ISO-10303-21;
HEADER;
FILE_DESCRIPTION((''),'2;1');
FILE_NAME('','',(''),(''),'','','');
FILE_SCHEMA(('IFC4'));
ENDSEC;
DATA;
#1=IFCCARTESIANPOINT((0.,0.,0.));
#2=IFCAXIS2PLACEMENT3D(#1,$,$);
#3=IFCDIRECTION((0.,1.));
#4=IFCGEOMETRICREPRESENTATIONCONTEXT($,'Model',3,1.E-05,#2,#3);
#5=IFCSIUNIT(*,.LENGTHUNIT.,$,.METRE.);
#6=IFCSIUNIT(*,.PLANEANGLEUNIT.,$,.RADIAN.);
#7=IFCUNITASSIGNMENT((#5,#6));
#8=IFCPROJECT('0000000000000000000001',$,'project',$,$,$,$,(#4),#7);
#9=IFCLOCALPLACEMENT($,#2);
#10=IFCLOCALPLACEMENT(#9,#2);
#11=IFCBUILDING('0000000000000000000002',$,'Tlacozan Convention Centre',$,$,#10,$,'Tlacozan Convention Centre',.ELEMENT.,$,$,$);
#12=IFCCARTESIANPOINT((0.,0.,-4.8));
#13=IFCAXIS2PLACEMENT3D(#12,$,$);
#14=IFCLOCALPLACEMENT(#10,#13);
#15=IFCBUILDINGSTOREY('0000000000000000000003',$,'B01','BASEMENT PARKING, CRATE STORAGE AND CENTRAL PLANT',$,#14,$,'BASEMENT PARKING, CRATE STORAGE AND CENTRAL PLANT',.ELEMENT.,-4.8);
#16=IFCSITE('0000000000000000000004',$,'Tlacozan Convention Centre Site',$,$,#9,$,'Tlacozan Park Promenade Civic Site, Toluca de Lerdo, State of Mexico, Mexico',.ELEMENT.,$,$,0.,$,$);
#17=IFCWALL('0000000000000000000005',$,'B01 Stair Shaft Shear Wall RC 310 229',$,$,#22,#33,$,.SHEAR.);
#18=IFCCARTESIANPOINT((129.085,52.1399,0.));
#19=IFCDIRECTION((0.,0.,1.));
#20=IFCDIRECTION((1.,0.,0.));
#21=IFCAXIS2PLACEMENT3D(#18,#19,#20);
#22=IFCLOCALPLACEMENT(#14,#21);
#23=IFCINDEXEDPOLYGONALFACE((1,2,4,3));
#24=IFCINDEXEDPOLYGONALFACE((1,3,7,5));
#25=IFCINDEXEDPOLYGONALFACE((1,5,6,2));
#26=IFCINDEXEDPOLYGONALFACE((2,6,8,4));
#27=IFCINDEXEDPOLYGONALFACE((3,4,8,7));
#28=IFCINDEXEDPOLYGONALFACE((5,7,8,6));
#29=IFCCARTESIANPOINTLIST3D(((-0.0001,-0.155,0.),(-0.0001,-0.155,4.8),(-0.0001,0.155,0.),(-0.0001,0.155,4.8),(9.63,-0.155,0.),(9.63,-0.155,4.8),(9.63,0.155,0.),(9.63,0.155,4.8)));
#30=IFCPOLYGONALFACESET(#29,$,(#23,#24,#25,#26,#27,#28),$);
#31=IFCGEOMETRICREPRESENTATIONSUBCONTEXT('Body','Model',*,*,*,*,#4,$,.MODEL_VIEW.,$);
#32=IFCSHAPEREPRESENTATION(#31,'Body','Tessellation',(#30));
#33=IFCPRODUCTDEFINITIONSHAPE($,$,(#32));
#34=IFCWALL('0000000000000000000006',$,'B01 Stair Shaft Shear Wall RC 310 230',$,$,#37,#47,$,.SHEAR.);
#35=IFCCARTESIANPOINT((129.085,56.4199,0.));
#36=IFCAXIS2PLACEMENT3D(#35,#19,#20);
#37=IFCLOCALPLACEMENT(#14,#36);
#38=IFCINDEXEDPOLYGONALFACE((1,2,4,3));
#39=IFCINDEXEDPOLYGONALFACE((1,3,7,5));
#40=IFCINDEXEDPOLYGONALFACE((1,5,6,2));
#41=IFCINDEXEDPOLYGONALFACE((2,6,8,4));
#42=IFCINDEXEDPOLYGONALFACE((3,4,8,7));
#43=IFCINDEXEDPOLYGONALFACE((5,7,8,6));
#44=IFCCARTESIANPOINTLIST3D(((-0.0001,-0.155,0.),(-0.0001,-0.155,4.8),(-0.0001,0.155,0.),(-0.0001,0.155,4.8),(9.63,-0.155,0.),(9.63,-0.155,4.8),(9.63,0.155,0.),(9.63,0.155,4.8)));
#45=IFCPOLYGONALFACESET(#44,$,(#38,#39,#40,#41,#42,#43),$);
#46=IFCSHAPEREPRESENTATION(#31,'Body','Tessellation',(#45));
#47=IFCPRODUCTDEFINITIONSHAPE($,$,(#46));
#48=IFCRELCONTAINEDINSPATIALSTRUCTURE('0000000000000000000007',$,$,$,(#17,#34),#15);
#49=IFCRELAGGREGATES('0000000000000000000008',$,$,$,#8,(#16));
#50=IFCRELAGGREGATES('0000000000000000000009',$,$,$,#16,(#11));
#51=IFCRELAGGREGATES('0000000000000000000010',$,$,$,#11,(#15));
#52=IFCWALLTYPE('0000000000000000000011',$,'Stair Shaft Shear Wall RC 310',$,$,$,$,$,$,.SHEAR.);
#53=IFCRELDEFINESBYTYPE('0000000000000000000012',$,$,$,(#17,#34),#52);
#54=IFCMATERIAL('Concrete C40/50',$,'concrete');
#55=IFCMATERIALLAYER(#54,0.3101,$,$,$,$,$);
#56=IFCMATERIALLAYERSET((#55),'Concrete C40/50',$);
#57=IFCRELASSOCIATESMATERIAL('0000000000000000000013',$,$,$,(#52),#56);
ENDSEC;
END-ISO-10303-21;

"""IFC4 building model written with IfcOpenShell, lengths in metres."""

from ifc_helpers import new_model, si_unit, direction, frame, frame_2d, origin, place, context, subcontext, project, spatial, rectangle, extrude, material, layer, layer_set, type_object, element, save


model = new_model("IFC4")

# Units and contexts
model_context = context("Model", 3, precision=1e-05, world=origin(), true_north=direction((0.0, 1.0)))
body_context = subcontext(model_context, "Body", "Model", "MODEL_VIEW")
ifc_project = project(units=[si_unit("LENGTHUNIT", "METRE"), si_unit("PLANEANGLEUNIT", "RADIAN")], contexts=[model_context])

# Site, building, storey
site_placement = place(None, origin())
site = spatial("IfcSite", under=ifc_project, at=site_placement, Name="Tlacozan Convention Centre Site", LongName="Tlacozan Park Promenade Civic Site, Toluca de Lerdo, State of Mexico, Mexico", CompositionType="ELEMENT", RefElevation=0.0)
building_placement = place(site_placement, origin())
building = spatial("IfcBuilding", under=site, at=building_placement, Name="Tlacozan Convention Centre", LongName="Tlacozan Convention Centre", CompositionType="ELEMENT")
storey_placement = place(building_placement, frame((0.0, 0.0, -4.8)))
storey = spatial("IfcBuildingStorey", under=building, at=storey_placement, Name="B01", Description="BASEMENT PARKING, CRATE STORAGE AND CENTRAL PLANT", LongName="BASEMENT PARKING, CRATE STORAGE AND CENTRAL PLANT", CompositionType="ELEMENT", Elevation=-4.8)

# Shared definitions
ifc_material_1 = material(Name="Concrete C40/50", Category="concrete")

# Walls
ifc_layer_1 = layer(ifc_material_1, 0.3101)
ifc_layer_set_1 = layer_set([ifc_layer_1], Name="Concrete C40/50")
wall_type = type_object("IfcWallType", Name="Stair Shaft Shear Wall RC 310", PredefinedType="SHEAR", material=ifc_layer_set_1)
for number, where, z_axis, x_axis, name in (
    (1, (129.085, 52.1399, 0.0), (0.0, 0.0, 1.0), (1.0, 0.0, 0.0), "B01 Stair Shaft Shear Wall RC 310 229"),
    (2, (129.085, 56.4199, 0.0), (0.0, 0.0, 1.0), (1.0, 0.0, 0.0), "B01 Stair Shaft Shear Wall RC 310 230"),
):
    element("IfcWall", number, at=place(storey_placement, frame(where, z_axis=z_axis, x_axis=x_axis)), inside=storey, type_object=wall_type, Name=name, PredefinedType="SHEAR", context=body_context, shape_type="SweptSolid", body=[
        extrude(rectangle(XDim=9.6301, YDim=0.3101, at=frame_2d((4.8149, 0.0))), origin(), (0.0, 0.0, 1.0), 4.8),
    ])

save(model, "model.ifc")
